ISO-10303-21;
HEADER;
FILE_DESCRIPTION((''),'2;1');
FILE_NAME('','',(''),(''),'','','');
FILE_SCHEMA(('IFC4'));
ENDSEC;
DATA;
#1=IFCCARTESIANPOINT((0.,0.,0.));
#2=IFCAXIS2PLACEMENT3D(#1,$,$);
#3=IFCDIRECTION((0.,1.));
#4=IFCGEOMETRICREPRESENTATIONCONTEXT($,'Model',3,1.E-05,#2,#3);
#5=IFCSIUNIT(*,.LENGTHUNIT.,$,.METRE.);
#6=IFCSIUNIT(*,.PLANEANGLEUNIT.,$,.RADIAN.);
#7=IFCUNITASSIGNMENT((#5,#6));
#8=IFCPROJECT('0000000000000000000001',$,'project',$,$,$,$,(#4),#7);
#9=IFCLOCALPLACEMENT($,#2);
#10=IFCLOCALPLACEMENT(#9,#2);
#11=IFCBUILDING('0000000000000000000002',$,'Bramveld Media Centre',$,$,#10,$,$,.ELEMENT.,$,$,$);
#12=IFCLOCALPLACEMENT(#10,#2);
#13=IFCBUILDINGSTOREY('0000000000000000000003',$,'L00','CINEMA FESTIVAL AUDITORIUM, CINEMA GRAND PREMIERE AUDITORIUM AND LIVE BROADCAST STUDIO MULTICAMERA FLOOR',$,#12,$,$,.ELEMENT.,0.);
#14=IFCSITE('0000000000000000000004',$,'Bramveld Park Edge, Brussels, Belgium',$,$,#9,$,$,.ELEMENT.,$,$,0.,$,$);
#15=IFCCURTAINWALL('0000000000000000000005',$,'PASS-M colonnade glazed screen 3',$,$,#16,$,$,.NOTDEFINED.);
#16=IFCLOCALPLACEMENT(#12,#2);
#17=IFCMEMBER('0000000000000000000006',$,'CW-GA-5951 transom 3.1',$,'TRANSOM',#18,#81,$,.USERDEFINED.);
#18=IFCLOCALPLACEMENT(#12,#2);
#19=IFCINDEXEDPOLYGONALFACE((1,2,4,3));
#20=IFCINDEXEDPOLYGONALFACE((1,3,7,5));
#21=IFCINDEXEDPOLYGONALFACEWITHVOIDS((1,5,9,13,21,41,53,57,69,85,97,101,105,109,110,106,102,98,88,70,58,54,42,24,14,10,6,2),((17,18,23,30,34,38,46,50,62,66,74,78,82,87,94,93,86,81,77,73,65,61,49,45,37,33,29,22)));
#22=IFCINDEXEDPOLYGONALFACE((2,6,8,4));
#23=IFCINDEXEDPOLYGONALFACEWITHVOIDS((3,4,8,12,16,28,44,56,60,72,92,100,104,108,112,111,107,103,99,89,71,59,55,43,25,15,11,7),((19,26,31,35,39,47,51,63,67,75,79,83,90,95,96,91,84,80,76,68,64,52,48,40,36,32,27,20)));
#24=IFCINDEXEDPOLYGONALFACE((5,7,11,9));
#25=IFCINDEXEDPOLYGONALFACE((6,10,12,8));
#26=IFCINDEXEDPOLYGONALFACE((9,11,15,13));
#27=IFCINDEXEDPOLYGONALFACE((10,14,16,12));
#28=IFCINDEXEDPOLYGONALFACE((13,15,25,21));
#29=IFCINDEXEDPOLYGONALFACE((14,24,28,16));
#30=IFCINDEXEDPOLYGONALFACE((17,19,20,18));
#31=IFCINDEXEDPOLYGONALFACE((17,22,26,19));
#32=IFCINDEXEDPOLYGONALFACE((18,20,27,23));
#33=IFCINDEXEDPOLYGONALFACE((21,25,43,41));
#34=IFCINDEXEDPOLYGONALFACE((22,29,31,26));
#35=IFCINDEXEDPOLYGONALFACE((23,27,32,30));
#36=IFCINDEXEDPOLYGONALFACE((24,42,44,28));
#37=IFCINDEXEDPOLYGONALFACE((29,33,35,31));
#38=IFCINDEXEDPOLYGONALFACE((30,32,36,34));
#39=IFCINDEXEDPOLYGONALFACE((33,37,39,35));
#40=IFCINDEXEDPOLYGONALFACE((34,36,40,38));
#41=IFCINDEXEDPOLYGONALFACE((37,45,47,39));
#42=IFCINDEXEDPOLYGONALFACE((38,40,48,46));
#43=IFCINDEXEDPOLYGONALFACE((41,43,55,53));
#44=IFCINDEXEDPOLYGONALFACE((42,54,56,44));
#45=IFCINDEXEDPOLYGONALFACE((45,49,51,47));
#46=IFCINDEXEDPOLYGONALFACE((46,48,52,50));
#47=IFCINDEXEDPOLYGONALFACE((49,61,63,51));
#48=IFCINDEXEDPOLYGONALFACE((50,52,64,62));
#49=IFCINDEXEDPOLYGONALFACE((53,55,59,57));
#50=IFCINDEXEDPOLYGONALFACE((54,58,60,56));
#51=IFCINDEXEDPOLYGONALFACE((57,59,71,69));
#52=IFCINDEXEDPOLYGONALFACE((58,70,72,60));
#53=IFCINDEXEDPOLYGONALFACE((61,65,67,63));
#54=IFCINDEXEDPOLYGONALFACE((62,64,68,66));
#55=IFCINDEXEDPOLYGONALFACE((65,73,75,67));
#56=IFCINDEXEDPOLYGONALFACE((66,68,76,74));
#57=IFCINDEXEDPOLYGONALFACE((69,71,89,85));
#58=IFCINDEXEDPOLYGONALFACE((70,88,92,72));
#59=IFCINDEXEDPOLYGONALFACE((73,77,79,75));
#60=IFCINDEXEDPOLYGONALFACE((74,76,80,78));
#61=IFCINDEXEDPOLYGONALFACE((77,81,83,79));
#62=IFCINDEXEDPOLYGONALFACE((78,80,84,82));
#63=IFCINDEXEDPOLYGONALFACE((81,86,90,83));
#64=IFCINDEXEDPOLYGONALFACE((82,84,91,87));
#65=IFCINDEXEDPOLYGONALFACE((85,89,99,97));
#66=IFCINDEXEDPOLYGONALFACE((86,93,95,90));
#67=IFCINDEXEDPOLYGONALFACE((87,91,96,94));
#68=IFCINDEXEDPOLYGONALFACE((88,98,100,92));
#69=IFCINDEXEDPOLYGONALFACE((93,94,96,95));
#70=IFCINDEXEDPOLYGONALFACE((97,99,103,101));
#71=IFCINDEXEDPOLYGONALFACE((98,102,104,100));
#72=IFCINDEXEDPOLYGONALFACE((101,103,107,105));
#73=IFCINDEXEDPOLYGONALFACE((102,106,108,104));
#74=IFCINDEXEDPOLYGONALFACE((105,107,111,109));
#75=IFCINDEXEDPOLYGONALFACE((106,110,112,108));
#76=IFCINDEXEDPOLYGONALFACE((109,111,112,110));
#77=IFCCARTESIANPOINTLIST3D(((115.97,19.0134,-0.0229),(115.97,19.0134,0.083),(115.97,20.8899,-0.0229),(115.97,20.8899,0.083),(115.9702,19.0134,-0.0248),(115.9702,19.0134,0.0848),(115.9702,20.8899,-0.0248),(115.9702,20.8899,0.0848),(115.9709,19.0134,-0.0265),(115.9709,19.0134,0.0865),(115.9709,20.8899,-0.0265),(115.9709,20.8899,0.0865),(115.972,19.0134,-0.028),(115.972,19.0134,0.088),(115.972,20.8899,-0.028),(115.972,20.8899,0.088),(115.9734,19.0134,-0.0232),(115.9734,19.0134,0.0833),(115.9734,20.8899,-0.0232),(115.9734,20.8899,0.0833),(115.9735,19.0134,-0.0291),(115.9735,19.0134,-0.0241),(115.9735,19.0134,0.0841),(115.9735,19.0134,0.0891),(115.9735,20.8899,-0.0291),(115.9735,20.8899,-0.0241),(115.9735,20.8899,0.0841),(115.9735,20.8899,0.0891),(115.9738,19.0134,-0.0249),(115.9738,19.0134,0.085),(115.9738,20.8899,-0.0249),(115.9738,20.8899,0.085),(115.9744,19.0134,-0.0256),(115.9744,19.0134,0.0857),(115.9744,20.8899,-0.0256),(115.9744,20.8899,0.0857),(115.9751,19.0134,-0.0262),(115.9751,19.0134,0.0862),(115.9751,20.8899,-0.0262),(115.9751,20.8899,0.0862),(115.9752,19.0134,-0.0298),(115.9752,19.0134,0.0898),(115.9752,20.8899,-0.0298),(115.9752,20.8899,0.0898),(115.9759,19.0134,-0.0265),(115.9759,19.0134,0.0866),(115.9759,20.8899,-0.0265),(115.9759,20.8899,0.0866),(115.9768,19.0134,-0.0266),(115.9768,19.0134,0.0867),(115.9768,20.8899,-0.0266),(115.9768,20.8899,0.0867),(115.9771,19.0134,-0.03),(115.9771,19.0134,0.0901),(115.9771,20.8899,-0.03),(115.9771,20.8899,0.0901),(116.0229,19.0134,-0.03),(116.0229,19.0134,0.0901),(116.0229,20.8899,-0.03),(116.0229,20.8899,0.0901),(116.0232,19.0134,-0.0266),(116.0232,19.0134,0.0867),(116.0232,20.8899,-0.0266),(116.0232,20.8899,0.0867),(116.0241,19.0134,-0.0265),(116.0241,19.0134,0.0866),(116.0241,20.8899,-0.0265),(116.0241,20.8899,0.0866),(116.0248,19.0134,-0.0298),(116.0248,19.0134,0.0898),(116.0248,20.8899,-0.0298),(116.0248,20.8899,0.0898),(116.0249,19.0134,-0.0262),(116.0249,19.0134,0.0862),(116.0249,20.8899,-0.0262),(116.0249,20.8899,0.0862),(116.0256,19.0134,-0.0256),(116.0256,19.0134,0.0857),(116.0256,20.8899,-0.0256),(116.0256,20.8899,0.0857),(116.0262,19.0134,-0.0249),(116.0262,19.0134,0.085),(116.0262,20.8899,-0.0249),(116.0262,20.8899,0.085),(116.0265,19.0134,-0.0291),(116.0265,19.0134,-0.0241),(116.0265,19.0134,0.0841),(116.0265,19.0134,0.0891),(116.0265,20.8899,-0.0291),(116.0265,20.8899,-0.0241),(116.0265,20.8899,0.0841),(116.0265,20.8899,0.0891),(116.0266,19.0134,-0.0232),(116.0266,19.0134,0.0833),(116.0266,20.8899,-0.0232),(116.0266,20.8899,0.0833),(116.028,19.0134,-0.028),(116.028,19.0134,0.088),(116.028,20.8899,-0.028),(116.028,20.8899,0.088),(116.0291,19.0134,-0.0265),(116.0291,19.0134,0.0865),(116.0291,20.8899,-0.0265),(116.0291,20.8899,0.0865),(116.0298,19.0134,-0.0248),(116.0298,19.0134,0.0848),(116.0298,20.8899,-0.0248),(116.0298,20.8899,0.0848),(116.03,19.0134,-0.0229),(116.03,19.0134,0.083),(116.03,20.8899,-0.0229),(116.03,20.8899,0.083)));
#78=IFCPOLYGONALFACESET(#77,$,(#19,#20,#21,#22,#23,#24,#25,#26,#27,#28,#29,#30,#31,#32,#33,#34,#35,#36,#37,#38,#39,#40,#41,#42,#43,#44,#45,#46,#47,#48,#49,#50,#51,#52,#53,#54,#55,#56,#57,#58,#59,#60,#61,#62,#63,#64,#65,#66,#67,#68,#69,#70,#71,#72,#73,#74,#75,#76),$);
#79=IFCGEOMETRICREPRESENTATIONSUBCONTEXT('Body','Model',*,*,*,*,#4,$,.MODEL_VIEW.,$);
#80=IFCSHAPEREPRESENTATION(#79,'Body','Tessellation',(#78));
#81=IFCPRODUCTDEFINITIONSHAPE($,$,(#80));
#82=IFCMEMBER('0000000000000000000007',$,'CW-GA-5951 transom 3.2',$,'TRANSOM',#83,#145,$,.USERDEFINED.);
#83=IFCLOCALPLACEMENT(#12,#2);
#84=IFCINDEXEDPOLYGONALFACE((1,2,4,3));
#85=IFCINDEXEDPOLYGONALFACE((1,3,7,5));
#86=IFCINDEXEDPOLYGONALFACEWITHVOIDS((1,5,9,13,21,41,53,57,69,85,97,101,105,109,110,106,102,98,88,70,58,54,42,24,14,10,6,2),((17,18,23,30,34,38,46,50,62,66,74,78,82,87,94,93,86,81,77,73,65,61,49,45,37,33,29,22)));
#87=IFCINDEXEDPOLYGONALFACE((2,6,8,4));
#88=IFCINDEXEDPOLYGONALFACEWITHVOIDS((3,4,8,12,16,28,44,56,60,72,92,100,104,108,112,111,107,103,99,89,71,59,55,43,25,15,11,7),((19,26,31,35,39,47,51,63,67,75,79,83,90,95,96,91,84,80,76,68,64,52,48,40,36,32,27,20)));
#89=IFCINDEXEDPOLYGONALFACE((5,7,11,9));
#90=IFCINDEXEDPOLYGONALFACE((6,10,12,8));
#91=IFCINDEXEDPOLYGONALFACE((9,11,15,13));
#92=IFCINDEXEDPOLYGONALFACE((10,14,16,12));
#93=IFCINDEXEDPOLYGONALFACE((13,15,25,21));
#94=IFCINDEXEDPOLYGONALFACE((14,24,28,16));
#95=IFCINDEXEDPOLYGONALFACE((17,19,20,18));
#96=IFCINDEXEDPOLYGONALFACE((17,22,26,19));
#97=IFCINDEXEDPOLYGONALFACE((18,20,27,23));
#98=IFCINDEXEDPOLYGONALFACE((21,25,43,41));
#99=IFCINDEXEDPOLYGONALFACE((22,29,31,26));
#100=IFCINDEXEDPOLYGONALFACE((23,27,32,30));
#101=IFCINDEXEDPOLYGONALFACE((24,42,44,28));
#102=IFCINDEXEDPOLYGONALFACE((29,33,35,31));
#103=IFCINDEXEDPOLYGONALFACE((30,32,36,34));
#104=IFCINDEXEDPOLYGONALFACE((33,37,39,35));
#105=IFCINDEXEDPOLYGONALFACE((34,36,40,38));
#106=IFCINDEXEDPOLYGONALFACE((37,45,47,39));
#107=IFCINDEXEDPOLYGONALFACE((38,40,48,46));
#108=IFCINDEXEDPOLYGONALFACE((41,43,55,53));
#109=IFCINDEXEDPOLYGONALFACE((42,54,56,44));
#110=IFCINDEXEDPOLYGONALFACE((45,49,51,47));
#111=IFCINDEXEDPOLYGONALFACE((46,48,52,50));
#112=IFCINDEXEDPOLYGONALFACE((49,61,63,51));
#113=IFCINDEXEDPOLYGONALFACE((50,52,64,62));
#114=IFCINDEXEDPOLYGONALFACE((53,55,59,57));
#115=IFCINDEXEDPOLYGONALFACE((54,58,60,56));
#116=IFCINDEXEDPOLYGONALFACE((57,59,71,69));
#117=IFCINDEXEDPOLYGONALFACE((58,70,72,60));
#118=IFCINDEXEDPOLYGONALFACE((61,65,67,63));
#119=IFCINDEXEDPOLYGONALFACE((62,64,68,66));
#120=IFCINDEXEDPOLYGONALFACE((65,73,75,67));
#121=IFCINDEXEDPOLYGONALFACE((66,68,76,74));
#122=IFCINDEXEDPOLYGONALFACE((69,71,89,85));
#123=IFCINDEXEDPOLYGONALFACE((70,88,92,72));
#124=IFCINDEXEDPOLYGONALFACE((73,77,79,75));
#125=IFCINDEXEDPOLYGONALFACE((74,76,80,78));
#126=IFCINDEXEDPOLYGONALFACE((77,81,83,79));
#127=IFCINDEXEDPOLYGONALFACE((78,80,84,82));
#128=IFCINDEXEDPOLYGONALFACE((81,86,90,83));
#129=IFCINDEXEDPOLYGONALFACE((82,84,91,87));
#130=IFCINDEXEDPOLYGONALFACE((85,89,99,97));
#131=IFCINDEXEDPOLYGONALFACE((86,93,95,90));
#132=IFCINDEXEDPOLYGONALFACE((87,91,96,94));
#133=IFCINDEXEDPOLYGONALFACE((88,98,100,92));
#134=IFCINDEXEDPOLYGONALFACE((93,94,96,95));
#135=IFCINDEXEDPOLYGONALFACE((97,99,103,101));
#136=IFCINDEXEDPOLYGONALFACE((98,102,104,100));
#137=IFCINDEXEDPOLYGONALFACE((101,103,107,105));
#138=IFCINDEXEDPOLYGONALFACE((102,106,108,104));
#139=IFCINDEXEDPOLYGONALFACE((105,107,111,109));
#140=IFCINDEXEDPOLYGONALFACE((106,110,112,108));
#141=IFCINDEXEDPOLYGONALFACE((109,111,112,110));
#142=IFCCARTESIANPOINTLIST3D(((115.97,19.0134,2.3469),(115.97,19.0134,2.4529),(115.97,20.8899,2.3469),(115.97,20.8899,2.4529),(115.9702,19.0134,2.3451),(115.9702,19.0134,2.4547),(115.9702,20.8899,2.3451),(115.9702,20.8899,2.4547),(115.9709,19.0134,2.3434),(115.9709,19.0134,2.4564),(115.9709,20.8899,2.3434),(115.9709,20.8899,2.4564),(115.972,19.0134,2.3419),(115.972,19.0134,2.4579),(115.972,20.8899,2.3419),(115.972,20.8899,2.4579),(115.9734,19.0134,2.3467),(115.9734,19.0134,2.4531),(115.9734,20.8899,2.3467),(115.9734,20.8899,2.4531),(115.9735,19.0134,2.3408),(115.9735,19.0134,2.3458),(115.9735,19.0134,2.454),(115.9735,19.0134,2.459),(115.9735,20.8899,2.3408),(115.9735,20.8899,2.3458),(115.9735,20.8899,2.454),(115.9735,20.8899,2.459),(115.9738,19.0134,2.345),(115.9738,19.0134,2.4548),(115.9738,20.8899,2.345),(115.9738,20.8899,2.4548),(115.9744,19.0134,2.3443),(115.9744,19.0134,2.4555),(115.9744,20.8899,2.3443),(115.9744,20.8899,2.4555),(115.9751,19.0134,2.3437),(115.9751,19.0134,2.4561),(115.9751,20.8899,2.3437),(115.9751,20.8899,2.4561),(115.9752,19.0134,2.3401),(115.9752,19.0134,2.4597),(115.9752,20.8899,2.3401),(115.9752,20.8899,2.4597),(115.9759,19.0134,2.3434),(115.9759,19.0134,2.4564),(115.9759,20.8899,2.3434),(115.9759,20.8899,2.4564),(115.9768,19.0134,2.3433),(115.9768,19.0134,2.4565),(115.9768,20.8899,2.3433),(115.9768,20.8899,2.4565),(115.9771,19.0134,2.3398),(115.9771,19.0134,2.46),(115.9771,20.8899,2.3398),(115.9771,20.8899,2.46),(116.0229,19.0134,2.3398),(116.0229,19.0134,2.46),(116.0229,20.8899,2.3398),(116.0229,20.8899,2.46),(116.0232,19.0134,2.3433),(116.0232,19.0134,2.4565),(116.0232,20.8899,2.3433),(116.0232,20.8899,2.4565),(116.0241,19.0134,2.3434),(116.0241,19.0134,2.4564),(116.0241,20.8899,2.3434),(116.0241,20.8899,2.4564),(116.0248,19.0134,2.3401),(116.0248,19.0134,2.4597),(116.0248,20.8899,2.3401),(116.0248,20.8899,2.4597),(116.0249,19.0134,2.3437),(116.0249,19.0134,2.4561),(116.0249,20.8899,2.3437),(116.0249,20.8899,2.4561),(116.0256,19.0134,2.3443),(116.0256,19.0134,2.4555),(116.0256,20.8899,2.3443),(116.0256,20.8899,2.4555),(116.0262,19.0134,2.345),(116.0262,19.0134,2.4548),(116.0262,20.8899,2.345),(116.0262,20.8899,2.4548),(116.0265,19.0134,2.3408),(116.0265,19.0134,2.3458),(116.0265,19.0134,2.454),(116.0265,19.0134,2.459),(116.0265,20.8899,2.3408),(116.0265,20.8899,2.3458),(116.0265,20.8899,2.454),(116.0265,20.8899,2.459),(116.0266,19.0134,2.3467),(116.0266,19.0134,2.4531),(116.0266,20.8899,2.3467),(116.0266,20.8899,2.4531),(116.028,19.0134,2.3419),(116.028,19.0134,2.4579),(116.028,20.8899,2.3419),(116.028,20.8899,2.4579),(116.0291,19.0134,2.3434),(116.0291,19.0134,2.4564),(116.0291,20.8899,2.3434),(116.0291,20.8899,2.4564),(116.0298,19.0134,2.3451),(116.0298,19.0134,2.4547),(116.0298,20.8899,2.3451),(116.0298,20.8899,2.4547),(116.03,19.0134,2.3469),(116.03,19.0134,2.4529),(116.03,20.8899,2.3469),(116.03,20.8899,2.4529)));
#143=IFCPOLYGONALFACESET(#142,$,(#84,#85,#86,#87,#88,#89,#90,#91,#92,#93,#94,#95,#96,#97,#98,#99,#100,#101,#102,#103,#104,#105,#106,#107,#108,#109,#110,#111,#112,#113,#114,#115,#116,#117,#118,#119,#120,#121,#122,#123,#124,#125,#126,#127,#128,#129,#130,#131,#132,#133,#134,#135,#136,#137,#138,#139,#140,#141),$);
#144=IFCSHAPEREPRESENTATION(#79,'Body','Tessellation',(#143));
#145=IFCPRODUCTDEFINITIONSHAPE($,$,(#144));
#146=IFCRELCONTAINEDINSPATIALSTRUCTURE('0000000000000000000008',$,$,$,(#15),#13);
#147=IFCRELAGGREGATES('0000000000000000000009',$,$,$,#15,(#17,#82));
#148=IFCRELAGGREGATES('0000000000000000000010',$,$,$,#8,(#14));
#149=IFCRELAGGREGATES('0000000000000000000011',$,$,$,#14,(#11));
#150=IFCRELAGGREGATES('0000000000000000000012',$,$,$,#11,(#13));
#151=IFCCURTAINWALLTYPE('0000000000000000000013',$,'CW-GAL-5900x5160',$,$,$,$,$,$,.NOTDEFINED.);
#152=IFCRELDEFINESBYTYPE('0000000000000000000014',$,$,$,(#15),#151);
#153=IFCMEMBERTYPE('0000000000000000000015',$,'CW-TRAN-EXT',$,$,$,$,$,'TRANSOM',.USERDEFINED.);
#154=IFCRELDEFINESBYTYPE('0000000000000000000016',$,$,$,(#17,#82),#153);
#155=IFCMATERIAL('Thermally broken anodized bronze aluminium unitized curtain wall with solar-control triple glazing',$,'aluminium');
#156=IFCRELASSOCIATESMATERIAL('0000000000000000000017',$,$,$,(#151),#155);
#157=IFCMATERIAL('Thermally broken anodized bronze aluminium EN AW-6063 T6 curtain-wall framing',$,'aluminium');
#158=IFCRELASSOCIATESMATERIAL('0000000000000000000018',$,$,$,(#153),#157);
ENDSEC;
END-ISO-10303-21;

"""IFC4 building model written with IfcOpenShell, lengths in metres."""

from ifc_helpers import new_model, si_unit, direction, frame, origin, origin_2d, place, context, subcontext, project, spatial, hollow_rectangle, extrude, material, material_profile, profile_set, type_object, element, aggregate, save


model = new_model("IFC4")

# Units and contexts
model_context = context("Model", 3, precision=1e-05, world=origin(), true_north=direction((0.0, 1.0)))
body_context = subcontext(model_context, "Body", "Model", "MODEL_VIEW")
ifc_project = project(units=[si_unit("LENGTHUNIT", "METRE"), si_unit("PLANEANGLEUNIT", "RADIAN")], contexts=[model_context])

# Site, building, storey
site_placement = place(None, origin())
site = spatial("IfcSite", under=ifc_project, at=site_placement, Name="Bramveld Park Edge, Brussels, Belgium", CompositionType="ELEMENT", RefElevation=0.0)
building_placement = place(site_placement, origin())
building = spatial("IfcBuilding", under=site, at=building_placement, Name="Bramveld Media Centre", CompositionType="ELEMENT")
storey_placement = place(building_placement, origin())
storey = spatial("IfcBuildingStorey", under=building, at=storey_placement, Name="L00", Description="CINEMA FESTIVAL AUDITORIUM, CINEMA GRAND PREMIERE AUDITORIUM AND LIVE BROADCAST STUDIO MULTICAMERA FLOOR", CompositionType="ELEMENT", Elevation=0.0)

# Curtain wall
ifc_material_1 = material(Name="Thermally broken anodized bronze aluminium unitized curtain wall with solar-control triple glazing", Category="aluminium")
curtain_wall_type = type_object("IfcCurtainWallType", Name="CW-GAL-5900x5160", PredefinedType="NOTDEFINED", material=ifc_material_1)
curtain_wall_1_placement = place(storey_placement, origin())
curtain_wall_1 = element("IfcCurtainWall", 1, at=curtain_wall_1_placement, inside=storey, type_object=curtain_wall_type, Name="PASS-M colonnade glazed screen 3", PredefinedType="NOTDEFINED")

# Members
ifc_material_2 = material(Name="Thermally broken anodized bronze aluminium EN AW-6063 T6 curtain-wall framing", Category="aluminium")
ifc_material_profile_1 = material_profile(ifc_material_2, hollow_rectangle(XDim=0.0601, YDim=0.1201, WallThickness=0.0034, InnerFilletRadius=0.0034, OuterFilletRadius=0.0071, at=origin_2d()), Name="AL-TRAN 60x120")
ifc_profile_set_1 = profile_set([ifc_material_profile_1], Name="Thermally broken anodized bronze aluminium EN AW-6063 T6 curtain-wall framing")
member_type_1 = type_object("IfcMemberType", Name="CW-TRAN-EXT", ElementType="TRANSOM", PredefinedType="USERDEFINED", material=ifc_profile_set_1)
member_1_placement = place(storey_placement, frame((116.0, 19.0134, 0.03), z_axis=(0.0, 1.0, 0.0), x_axis=(-1.0, 0.0, 0.0)))
member_1 = element("IfcMember", 2, at=member_1_placement, type_object=member_type_1, Name="CW-GA-5951 transom 3.1", ObjectType="TRANSOM", PredefinedType="USERDEFINED", context=body_context, shape_type="SweptSolid", body=[
    extrude(hollow_rectangle(XDim=0.0601, YDim=0.1201, WallThickness=0.0034, InnerFilletRadius=0.0034, OuterFilletRadius=0.0071, at=origin_2d()), origin(), (0.0, 0.0, 1.0), 1.8765),
])
member_2_placement = place(storey_placement, frame((116.0, 19.0134, 2.3999), z_axis=(0.0, 1.0, 0.0), x_axis=(-1.0, 0.0, 0.0)))
member_2 = element("IfcMember", 3, at=member_2_placement, type_object=member_type_1, Name="CW-GA-5951 transom 3.2", ObjectType="TRANSOM", PredefinedType="USERDEFINED", context=body_context, shape_type="SweptSolid", body=[
    extrude(hollow_rectangle(XDim=0.0601, YDim=0.1201, WallThickness=0.0034, InnerFilletRadius=0.0034, OuterFilletRadius=0.0071, at=origin_2d()), origin(), (0.0, 0.0, 1.0), 1.8765),
])

aggregate(curtain_wall_1, [member_1, member_2])

save(model, "model.ifc")
